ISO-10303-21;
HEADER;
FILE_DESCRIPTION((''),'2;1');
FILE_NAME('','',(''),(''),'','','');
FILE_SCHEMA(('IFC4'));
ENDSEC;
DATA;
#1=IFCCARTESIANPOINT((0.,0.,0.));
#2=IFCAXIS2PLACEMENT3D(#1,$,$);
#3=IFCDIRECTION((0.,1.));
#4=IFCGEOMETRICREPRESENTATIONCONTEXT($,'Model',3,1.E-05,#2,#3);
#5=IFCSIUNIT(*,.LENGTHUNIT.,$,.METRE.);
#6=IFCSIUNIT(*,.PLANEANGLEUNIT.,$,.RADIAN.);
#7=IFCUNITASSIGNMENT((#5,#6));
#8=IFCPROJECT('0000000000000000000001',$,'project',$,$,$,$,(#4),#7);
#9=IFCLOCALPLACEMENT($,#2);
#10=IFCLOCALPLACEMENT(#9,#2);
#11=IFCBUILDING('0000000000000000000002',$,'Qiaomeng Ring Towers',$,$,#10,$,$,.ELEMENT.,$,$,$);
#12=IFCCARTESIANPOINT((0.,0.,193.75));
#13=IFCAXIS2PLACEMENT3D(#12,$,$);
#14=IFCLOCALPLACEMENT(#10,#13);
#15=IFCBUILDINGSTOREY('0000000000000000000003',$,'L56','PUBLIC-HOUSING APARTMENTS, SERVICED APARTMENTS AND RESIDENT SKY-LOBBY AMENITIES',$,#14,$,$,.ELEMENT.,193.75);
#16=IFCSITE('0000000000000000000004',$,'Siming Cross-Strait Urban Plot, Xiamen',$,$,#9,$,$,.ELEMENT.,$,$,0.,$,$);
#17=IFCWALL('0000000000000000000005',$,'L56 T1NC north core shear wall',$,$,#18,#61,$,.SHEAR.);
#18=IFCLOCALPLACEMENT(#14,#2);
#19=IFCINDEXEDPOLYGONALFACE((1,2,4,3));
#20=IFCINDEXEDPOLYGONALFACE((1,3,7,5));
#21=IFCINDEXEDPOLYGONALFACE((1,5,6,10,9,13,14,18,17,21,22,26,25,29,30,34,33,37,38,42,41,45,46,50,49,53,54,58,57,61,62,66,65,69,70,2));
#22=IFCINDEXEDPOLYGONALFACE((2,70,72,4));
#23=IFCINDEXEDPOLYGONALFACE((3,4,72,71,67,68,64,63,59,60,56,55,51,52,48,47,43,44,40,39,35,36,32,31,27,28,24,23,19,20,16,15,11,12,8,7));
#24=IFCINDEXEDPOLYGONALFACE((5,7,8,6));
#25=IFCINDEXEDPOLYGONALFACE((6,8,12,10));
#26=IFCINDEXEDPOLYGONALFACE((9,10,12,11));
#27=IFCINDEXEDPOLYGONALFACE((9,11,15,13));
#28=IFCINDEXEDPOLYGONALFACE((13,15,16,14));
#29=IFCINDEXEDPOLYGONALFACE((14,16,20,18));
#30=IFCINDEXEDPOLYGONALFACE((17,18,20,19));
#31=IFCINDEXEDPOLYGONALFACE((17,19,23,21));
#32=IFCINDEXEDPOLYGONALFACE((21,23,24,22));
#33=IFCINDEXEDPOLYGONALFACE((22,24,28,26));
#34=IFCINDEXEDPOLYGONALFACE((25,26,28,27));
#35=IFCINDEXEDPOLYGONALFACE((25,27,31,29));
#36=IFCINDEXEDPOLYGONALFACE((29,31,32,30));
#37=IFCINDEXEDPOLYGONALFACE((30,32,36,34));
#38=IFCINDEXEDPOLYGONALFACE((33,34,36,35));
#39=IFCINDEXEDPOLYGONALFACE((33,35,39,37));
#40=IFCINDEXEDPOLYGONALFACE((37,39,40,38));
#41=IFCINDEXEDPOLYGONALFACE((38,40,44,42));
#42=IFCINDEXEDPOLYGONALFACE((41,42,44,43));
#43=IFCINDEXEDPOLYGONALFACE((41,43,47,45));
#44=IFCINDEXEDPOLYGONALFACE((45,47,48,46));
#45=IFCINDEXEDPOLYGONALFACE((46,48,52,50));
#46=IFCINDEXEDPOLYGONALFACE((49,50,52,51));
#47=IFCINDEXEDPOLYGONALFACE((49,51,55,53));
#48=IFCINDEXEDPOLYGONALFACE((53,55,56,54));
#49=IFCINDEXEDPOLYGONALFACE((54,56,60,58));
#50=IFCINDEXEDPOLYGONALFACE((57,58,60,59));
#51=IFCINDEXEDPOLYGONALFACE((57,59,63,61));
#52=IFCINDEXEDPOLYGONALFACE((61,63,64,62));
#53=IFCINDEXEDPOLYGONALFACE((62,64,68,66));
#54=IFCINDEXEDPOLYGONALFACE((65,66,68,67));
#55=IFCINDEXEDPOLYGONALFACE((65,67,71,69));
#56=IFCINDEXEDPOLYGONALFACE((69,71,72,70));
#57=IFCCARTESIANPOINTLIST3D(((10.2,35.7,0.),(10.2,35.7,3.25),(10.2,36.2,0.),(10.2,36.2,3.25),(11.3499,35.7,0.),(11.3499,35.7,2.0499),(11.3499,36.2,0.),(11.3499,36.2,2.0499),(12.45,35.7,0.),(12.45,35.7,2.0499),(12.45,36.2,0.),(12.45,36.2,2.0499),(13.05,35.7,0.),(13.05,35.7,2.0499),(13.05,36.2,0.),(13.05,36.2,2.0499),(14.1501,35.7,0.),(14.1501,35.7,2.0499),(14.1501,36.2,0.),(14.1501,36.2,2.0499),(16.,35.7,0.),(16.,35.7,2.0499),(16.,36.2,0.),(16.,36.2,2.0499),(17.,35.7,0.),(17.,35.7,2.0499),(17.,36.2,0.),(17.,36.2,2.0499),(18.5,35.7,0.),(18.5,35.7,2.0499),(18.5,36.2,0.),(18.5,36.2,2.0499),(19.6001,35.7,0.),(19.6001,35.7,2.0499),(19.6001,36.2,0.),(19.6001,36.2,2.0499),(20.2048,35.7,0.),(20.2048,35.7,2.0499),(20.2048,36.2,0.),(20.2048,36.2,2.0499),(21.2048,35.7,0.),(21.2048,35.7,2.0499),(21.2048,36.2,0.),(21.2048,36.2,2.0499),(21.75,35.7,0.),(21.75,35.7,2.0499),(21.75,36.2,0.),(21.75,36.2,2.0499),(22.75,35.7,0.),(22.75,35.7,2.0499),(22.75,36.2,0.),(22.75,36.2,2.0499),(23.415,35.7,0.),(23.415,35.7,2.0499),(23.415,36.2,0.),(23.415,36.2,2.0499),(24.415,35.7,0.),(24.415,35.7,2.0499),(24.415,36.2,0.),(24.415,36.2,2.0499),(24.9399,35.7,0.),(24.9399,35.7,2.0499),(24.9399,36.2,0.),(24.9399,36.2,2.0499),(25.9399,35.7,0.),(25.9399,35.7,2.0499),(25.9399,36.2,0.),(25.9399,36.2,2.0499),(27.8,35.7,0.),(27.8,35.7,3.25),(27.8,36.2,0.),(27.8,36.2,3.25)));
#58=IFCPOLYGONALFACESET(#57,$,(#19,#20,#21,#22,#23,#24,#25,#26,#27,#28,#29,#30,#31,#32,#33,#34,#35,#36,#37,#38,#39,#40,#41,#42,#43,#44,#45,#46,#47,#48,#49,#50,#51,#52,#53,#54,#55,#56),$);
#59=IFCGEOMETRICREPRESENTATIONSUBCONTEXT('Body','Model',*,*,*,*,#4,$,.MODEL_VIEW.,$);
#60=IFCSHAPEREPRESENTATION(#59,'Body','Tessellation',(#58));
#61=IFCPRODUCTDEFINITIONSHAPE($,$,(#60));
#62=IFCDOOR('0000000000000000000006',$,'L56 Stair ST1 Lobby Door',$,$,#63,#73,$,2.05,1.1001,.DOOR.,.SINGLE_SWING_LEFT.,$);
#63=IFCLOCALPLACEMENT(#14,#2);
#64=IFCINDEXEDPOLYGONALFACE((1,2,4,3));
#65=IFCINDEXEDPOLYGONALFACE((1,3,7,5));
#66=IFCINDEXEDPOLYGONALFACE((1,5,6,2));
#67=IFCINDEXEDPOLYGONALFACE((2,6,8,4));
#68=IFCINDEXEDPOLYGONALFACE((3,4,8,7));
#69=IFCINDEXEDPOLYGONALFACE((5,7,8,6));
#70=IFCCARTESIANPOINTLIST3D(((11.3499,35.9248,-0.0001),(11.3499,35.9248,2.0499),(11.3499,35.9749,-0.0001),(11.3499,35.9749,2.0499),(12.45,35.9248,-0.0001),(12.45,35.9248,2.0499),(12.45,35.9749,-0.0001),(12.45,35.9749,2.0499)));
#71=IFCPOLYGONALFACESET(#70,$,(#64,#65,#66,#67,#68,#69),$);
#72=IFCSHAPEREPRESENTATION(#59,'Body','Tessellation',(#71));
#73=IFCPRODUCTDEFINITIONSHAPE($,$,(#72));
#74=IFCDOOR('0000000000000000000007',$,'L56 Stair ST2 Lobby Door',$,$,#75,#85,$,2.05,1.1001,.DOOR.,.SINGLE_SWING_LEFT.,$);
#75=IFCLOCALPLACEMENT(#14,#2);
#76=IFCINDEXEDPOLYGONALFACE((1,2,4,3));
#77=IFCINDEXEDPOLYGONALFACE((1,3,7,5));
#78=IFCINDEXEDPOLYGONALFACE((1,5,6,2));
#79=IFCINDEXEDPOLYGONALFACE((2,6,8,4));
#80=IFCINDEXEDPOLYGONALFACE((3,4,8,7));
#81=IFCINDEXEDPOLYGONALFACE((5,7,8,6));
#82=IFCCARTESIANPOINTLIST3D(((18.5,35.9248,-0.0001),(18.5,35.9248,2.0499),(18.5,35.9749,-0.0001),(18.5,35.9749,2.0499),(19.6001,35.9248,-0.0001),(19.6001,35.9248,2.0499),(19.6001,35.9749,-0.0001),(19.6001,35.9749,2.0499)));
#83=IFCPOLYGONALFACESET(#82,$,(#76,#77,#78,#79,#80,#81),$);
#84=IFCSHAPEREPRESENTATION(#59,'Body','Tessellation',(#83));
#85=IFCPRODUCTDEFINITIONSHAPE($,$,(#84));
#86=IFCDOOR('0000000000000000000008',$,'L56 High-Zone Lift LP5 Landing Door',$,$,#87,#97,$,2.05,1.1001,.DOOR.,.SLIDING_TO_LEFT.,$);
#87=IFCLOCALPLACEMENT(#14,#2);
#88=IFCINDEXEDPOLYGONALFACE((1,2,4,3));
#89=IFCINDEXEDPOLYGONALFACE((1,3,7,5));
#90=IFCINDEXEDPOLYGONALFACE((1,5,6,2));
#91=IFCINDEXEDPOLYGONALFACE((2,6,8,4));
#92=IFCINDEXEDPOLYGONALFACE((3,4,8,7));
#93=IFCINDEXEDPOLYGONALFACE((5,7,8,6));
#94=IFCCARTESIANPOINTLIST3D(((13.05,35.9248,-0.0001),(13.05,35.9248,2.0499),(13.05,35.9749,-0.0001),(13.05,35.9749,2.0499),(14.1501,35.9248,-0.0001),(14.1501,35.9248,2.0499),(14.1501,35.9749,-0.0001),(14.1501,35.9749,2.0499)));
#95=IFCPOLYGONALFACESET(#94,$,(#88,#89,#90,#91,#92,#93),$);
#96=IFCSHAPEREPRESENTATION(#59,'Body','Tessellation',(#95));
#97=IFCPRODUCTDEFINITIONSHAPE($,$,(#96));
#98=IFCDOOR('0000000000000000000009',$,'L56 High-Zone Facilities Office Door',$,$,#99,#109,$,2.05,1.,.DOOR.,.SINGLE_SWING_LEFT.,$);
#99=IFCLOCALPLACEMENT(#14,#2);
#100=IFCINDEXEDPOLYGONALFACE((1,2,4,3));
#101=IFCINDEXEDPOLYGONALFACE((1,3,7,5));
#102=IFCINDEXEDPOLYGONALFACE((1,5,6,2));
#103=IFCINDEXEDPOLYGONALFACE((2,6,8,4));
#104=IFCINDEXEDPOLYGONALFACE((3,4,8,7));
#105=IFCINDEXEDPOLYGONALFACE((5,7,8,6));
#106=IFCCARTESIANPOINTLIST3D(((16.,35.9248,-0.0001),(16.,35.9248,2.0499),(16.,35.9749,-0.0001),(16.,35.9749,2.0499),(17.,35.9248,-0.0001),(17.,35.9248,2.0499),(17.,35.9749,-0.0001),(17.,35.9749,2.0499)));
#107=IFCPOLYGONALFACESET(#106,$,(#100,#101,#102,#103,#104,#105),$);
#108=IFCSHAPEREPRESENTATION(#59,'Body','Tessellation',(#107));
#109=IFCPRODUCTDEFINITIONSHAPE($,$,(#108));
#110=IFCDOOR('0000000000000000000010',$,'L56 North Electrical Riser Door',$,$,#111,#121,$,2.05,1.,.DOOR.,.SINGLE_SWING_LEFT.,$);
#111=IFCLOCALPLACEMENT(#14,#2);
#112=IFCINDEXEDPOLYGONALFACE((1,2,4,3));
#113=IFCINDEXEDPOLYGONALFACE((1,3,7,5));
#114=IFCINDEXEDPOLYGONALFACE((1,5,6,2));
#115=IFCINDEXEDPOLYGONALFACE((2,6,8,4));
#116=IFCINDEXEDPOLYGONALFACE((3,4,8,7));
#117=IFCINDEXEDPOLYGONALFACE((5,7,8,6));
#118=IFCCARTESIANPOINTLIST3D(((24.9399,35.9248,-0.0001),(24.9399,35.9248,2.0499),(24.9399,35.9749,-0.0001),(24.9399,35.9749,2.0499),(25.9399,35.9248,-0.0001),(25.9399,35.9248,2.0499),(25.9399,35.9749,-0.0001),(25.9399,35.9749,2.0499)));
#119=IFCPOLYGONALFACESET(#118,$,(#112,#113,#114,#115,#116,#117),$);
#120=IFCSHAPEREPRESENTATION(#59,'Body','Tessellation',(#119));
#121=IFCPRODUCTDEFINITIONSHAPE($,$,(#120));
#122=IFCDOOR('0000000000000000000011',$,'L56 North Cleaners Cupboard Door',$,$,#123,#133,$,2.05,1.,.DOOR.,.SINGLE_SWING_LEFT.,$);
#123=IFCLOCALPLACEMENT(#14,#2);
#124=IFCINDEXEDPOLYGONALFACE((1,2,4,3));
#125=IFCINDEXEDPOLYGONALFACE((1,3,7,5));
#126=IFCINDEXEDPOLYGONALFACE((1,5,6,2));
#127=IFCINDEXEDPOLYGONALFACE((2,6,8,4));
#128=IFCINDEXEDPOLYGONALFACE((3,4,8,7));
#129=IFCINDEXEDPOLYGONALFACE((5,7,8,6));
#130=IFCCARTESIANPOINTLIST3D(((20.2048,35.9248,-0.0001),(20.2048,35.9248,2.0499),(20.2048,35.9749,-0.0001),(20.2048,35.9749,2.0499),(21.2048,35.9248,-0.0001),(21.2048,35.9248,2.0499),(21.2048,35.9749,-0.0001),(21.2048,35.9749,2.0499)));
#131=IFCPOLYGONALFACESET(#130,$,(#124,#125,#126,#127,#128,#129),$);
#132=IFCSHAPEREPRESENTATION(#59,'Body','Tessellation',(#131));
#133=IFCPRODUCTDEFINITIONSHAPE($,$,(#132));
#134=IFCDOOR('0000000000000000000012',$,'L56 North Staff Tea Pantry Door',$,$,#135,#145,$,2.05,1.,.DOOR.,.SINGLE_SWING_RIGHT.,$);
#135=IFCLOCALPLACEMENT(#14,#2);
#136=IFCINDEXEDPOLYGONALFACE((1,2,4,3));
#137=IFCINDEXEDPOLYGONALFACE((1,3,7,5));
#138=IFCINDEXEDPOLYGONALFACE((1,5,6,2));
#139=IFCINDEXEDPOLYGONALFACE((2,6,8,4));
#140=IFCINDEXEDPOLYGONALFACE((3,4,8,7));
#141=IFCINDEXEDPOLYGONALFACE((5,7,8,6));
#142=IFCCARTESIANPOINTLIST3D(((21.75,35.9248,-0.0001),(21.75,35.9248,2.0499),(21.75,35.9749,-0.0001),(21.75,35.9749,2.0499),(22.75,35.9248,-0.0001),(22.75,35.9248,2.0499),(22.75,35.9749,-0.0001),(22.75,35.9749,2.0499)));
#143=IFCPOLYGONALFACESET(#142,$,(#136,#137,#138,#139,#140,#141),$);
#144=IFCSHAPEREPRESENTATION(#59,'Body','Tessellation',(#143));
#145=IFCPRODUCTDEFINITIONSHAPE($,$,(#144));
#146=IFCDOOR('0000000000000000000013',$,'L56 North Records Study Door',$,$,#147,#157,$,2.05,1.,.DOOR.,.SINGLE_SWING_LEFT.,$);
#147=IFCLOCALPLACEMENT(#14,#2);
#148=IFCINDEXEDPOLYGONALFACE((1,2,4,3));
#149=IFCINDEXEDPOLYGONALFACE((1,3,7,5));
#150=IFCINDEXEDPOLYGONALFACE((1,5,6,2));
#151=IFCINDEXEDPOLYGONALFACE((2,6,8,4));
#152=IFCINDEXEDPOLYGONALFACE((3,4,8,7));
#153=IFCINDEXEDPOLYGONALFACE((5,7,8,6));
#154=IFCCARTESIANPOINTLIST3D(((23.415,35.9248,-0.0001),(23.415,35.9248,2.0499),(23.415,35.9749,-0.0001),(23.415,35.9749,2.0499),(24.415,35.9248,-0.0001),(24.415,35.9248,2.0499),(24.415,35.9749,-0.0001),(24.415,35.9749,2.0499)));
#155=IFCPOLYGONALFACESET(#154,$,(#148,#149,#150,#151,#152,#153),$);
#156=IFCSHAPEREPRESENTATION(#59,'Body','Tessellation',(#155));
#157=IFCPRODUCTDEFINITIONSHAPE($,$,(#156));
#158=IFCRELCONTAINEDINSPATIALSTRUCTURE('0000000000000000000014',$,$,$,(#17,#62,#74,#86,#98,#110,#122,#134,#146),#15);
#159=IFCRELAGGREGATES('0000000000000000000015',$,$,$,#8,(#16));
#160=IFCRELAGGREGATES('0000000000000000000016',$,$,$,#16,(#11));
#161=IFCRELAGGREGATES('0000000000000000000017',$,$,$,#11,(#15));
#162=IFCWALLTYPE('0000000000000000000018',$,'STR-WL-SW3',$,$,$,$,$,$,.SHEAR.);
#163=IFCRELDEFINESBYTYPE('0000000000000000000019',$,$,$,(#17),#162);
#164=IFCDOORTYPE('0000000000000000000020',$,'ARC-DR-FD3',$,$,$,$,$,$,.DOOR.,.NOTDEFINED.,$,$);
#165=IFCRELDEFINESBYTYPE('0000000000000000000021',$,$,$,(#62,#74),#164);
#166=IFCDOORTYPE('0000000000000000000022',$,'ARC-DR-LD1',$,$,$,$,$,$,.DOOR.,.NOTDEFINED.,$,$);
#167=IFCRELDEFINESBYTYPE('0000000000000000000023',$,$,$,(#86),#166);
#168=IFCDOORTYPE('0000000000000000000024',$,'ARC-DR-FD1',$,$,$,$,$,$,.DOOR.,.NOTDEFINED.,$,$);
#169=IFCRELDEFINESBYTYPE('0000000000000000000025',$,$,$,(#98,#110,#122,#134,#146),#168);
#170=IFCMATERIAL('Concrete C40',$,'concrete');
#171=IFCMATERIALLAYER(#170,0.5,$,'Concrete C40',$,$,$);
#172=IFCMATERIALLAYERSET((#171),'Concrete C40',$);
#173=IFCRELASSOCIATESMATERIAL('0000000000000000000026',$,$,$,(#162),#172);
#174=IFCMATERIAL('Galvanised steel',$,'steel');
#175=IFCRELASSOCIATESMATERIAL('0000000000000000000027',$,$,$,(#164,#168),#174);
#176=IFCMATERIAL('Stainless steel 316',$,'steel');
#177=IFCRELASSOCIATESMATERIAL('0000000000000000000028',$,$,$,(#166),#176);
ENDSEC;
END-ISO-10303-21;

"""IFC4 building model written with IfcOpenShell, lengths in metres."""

from ifc_helpers import new_model, si_unit, direction, frame, frame_2d, origin, place, context, subcontext, project, spatial, rectangle, extrude, source, transform, mapped, material, layer, layer_set, type_object, element, fill, save


model = new_model("IFC4")

# Units and contexts
model_context = context("Model", 3, precision=1e-05, world=origin(), true_north=direction((0.0, 1.0)))
body_context = subcontext(model_context, "Body", "Model", "MODEL_VIEW")
ifc_project = project(units=[si_unit("LENGTHUNIT", "METRE"), si_unit("PLANEANGLEUNIT", "RADIAN")], contexts=[model_context])

# Site, building, storey
site_placement = place(None, origin())
site = spatial("IfcSite", under=ifc_project, at=site_placement, Name="Siming Cross-Strait Urban Plot, Xiamen", CompositionType="ELEMENT", RefElevation=0.0)
building_placement = place(site_placement, origin())
building = spatial("IfcBuilding", under=site, at=building_placement, Name="Qiaomeng Ring Towers", CompositionType="ELEMENT")
storey_placement = place(building_placement, frame((0.0, 0.0, 193.75)))
storey = spatial("IfcBuildingStorey", under=building, at=storey_placement, Name="L56", Description="PUBLIC-HOUSING APARTMENTS, SERVICED APARTMENTS AND RESIDENT SKY-LOBBY AMENITIES", CompositionType="ELEMENT", Elevation=193.75)

# Shared definitions
ifc_material_1 = material(Name="Concrete C40", Category="concrete")

# Wall, openings, doors
ifc_layer_1 = layer(ifc_material_1, 0.5, Name="Concrete C40")
ifc_layer_set_1 = layer_set([ifc_layer_1], Name="Concrete C40")
wall_type_1 = type_object("IfcWallType", Name="STR-WL-SW3", PredefinedType="SHEAR", material=ifc_layer_set_1)
wall_1_placement = place(storey_placement, frame((10.2, 35.95, 0.0), z_axis=(0.0, 0.0, 1.0), x_axis=(1.0, 0.0, 0.0)))
wall_1 = element("IfcWall", 1, at=wall_1_placement, inside=storey, type_object=wall_type_1, Name="L56 T1NC north core shear wall", PredefinedType="SHEAR", context=body_context, shape_type="SweptSolid", body=[
    extrude(rectangle(XDim=17.6001, YDim=0.5, at=frame_2d((8.8, 0.0))), origin(), (0.0, 0.0, 1.0), 3.25),
])
opening_1_placement = place(wall_1_placement, frame((1.1499, 0.0, 0.0)))
opening_1 = element("IfcOpeningElement", 2, at=opening_1_placement, cuts=wall_1, PredefinedType="OPENING", context=body_context, shape_type="SweptSolid", body=[
    extrude(rectangle(XDim=1.1001, YDim=2.05, at=frame_2d((0.55, 1.0249))), frame((0.0, 0.26, 0.0), z_axis=(0.0, -1.0, 0.0), x_axis=(1.0, 0.0, 0.0)), (0.0, 0.0, 1.0), 0.52),
])
opening_2_placement = place(wall_1_placement, frame((8.3, 0.0, 0.0)))
opening_2 = element("IfcOpeningElement", 3, at=opening_2_placement, cuts=wall_1, PredefinedType="OPENING", context=body_context, shape_type="SweptSolid", body=[
    extrude(rectangle(XDim=1.1001, YDim=2.05, at=frame_2d((0.55, 1.0249))), frame((0.0, 0.26, 0.0), z_axis=(0.0, -1.0, 0.0), x_axis=(1.0, 0.0, 0.0)), (0.0, 0.0, 1.0), 0.52),
])
opening_3_placement = place(wall_1_placement, frame((2.8501, 0.0, 0.0)))
opening_3 = element("IfcOpeningElement", 4, at=opening_3_placement, cuts=wall_1, PredefinedType="OPENING", context=body_context, shape_type="SweptSolid", body=[
    extrude(rectangle(XDim=1.1001, YDim=2.05, at=frame_2d((0.55, 1.0249))), frame((0.0, 0.26, 0.0), z_axis=(0.0, -1.0, 0.0), x_axis=(1.0, 0.0, 0.0)), (0.0, 0.0, 1.0), 0.52),
])
opening_4_placement = place(wall_1_placement, frame((5.8, 0.0, 0.0)))
opening_4 = element("IfcOpeningElement", 5, at=opening_4_placement, cuts=wall_1, PredefinedType="OPENING", context=body_context, shape_type="SweptSolid", body=[
    extrude(rectangle(XDim=1.0, YDim=2.05, at=frame_2d((0.5, 1.0249))), frame((0.0, 0.26, 0.0), z_axis=(0.0, -1.0, 0.0), x_axis=(1.0, 0.0, 0.0)), (0.0, 0.0, 1.0), 0.52),
])
opening_5_placement = place(wall_1_placement, frame((14.74, 0.0, 0.0)))
opening_5 = element("IfcOpeningElement", 6, at=opening_5_placement, cuts=wall_1, PredefinedType="OPENING", context=body_context, shape_type="SweptSolid", body=[
    extrude(rectangle(XDim=1.0, YDim=2.05, at=frame_2d((0.5, 1.0249))), frame((0.0, 0.26, 0.0), z_axis=(0.0, -1.0, 0.0), x_axis=(1.0, 0.0, 0.0)), (0.0, 0.0, 1.0), 0.52),
])
opening_6_placement = place(wall_1_placement, frame((10.0049, 0.0, 0.0)))
opening_6 = element("IfcOpeningElement", 7, at=opening_6_placement, cuts=wall_1, PredefinedType="OPENING", context=body_context, shape_type="SweptSolid", body=[
    extrude(rectangle(XDim=1.0, YDim=2.05, at=frame_2d((0.5, 1.0249))), frame((0.0, 0.26, 0.0), z_axis=(0.0, -1.0, 0.0), x_axis=(1.0, 0.0, 0.0)), (0.0, 0.0, 1.0), 0.52),
])
opening_7_placement = place(wall_1_placement, frame((11.55, 0.0, 0.0)))
opening_7 = element("IfcOpeningElement", 8, at=opening_7_placement, cuts=wall_1, PredefinedType="OPENING", context=body_context, shape_type="SweptSolid", body=[
    extrude(rectangle(XDim=1.0, YDim=2.05, at=frame_2d((0.5, 1.0249))), frame((0.0, 0.26, 0.0), z_axis=(0.0, -1.0, 0.0), x_axis=(1.0, 0.0, 0.0)), (0.0, 0.0, 1.0), 0.52),
])
opening_8_placement = place(wall_1_placement, frame((13.2151, 0.0, 0.0)))
opening_8 = element("IfcOpeningElement", 9, at=opening_8_placement, cuts=wall_1, PredefinedType="OPENING", context=body_context, shape_type="SweptSolid", body=[
    extrude(rectangle(XDim=1.0, YDim=2.05, at=frame_2d((0.5, 1.0249))), frame((0.0, 0.26, 0.0), z_axis=(0.0, -1.0, 0.0), x_axis=(1.0, 0.0, 0.0)), (0.0, 0.0, 1.0), 0.52),
])
ifc_material_2 = material(Name="Galvanised steel", Category="steel")
door_type_1 = type_object("IfcDoorType", Name="ARC-DR-FD3", OperationType="NOTDEFINED", PredefinedType="DOOR", material=ifc_material_2)
shared_shape_1 = source(origin(), body_context, "Body", "SweptSolid", [
    extrude(rectangle(XDim=1.1001, YDim=2.05, at=frame_2d((0.55, 1.0249))), frame((0.0, 0.0249, 0.0), z_axis=(0.0, -1.0, 0.0), x_axis=(1.0, 0.0, 0.0)), (0.0, 0.0, 1.0), 0.05),
])
door_1_placement = place(opening_1_placement, origin())
door_1 = element("IfcDoor", 10, at=door_1_placement, inside=storey, type_object=door_type_1, Name="L56 Stair ST1 Lobby Door", OperationType="SINGLE_SWING_LEFT", OverallHeight=2.05, OverallWidth=1.1001, PredefinedType="DOOR", context=body_context, shape_type="MappedRepresentation", body=[
    mapped(shared_shape_1, transform((0.0, 0.0, 0.0), x_axis=(1.0, 0.0, 0.0), y_axis=(0.0, 1.0, 0.0), z_axis=(0.0, 0.0, 1.0), scale=1.0)),
])
fill(opening_1, door_1)
door_2_placement = place(opening_2_placement, origin())
door_2 = element("IfcDoor", 11, at=door_2_placement, inside=storey, type_object=door_type_1, Name="L56 Stair ST2 Lobby Door", OperationType="SINGLE_SWING_LEFT", OverallHeight=2.05, OverallWidth=1.1001, PredefinedType="DOOR", context=body_context, shape_type="MappedRepresentation", body=[
    mapped(shared_shape_1, transform((0.0, 0.0, 0.0), x_axis=(1.0, 0.0, 0.0), y_axis=(0.0, 1.0, 0.0), z_axis=(0.0, 0.0, 1.0), scale=1.0)),
])
fill(opening_2, door_2)
ifc_material_3 = material(Name="Stainless steel 316", Category="steel")
door_type_2 = type_object("IfcDoorType", Name="ARC-DR-LD1", OperationType="NOTDEFINED", PredefinedType="DOOR", material=ifc_material_3)
door_3_placement = place(opening_3_placement, origin())
door_3 = element("IfcDoor", 12, at=door_3_placement, inside=storey, type_object=door_type_2, Name="L56 High-Zone Lift LP5 Landing Door", OperationType="SLIDING_TO_LEFT", OverallHeight=2.05, OverallWidth=1.1001, PredefinedType="DOOR", context=body_context, shape_type="MappedRepresentation", body=[
    mapped(shared_shape_1, transform((0.0, 0.0, 0.0), x_axis=(1.0, 0.0, 0.0), y_axis=(0.0, 1.0, 0.0), z_axis=(0.0, 0.0, 1.0), scale=1.0)),
])
fill(opening_3, door_3)
door_type_3 = type_object("IfcDoorType", Name="ARC-DR-FD1", OperationType="NOTDEFINED", PredefinedType="DOOR", material=ifc_material_2)
shared_shape_2 = source(origin(), body_context, "Body", "SweptSolid", [
    extrude(rectangle(XDim=1.0, YDim=2.05, at=frame_2d((0.5, 1.0249))), frame((0.0, 0.0249, 0.0), z_axis=(0.0, -1.0, 0.0), x_axis=(1.0, 0.0, 0.0)), (0.0, 0.0, 1.0), 0.05),
])
door_4_placement = place(opening_4_placement, origin())
door_4 = element("IfcDoor", 13, at=door_4_placement, inside=storey, type_object=door_type_3, Name="L56 High-Zone Facilities Office Door", OperationType="SINGLE_SWING_LEFT", OverallHeight=2.05, OverallWidth=1.0, PredefinedType="DOOR", context=body_context, shape_type="MappedRepresentation", body=[
    mapped(shared_shape_2, transform((0.0, 0.0, 0.0), x_axis=(1.0, 0.0, 0.0), y_axis=(0.0, 1.0, 0.0), z_axis=(0.0, 0.0, 1.0), scale=1.0)),
])
fill(opening_4, door_4)
door_5_placement = place(opening_5_placement, origin())
door_5 = element("IfcDoor", 14, at=door_5_placement, inside=storey, type_object=door_type_3, Name="L56 North Electrical Riser Door", OperationType="SINGLE_SWING_LEFT", OverallHeight=2.05, OverallWidth=1.0, PredefinedType="DOOR", context=body_context, shape_type="MappedRepresentation", body=[
    mapped(shared_shape_2, transform((0.0, 0.0, 0.0), x_axis=(1.0, 0.0, 0.0), y_axis=(0.0, 1.0, 0.0), z_axis=(0.0, 0.0, 1.0), scale=1.0)),
])
fill(opening_5, door_5)
door_6_placement = place(opening_6_placement, origin())
door_6 = element("IfcDoor", 15, at=door_6_placement, inside=storey, type_object=door_type_3, Name="L56 North Cleaners Cupboard Door", OperationType="SINGLE_SWING_LEFT", OverallHeight=2.05, OverallWidth=1.0, PredefinedType="DOOR", context=body_context, shape_type="MappedRepresentation", body=[
    mapped(shared_shape_2, transform((0.0, 0.0, 0.0), x_axis=(1.0, 0.0, 0.0), y_axis=(0.0, 1.0, 0.0), z_axis=(0.0, 0.0, 1.0), scale=1.0)),
])
fill(opening_6, door_6)
door_7_placement = place(opening_7_placement, origin())
door_7 = element("IfcDoor", 16, at=door_7_placement, inside=storey, type_object=door_type_3, Name="L56 North Staff Tea Pantry Door", OperationType="SINGLE_SWING_RIGHT", OverallHeight=2.05, OverallWidth=1.0, PredefinedType="DOOR", context=body_context, shape_type="MappedRepresentation", body=[
    mapped(shared_shape_2, transform((0.0, 0.0, 0.0), x_axis=(1.0, 0.0, 0.0), y_axis=(0.0, 1.0, 0.0), z_axis=(0.0, 0.0, 1.0), scale=1.0)),
])
fill(opening_7, door_7)
door_8_placement = place(opening_8_placement, origin())
door_8 = element("IfcDoor", 17, at=door_8_placement, inside=storey, type_object=door_type_3, Name="L56 North Records Study Door", OperationType="SINGLE_SWING_LEFT", OverallHeight=2.05, OverallWidth=1.0, PredefinedType="DOOR", context=body_context, shape_type="MappedRepresentation", body=[
    mapped(shared_shape_2, transform((0.0, 0.0, 0.0), x_axis=(1.0, 0.0, 0.0), y_axis=(0.0, 1.0, 0.0), z_axis=(0.0, 0.0, 1.0), scale=1.0)),
])
fill(opening_8, door_8)

save(model, "model.ifc")
